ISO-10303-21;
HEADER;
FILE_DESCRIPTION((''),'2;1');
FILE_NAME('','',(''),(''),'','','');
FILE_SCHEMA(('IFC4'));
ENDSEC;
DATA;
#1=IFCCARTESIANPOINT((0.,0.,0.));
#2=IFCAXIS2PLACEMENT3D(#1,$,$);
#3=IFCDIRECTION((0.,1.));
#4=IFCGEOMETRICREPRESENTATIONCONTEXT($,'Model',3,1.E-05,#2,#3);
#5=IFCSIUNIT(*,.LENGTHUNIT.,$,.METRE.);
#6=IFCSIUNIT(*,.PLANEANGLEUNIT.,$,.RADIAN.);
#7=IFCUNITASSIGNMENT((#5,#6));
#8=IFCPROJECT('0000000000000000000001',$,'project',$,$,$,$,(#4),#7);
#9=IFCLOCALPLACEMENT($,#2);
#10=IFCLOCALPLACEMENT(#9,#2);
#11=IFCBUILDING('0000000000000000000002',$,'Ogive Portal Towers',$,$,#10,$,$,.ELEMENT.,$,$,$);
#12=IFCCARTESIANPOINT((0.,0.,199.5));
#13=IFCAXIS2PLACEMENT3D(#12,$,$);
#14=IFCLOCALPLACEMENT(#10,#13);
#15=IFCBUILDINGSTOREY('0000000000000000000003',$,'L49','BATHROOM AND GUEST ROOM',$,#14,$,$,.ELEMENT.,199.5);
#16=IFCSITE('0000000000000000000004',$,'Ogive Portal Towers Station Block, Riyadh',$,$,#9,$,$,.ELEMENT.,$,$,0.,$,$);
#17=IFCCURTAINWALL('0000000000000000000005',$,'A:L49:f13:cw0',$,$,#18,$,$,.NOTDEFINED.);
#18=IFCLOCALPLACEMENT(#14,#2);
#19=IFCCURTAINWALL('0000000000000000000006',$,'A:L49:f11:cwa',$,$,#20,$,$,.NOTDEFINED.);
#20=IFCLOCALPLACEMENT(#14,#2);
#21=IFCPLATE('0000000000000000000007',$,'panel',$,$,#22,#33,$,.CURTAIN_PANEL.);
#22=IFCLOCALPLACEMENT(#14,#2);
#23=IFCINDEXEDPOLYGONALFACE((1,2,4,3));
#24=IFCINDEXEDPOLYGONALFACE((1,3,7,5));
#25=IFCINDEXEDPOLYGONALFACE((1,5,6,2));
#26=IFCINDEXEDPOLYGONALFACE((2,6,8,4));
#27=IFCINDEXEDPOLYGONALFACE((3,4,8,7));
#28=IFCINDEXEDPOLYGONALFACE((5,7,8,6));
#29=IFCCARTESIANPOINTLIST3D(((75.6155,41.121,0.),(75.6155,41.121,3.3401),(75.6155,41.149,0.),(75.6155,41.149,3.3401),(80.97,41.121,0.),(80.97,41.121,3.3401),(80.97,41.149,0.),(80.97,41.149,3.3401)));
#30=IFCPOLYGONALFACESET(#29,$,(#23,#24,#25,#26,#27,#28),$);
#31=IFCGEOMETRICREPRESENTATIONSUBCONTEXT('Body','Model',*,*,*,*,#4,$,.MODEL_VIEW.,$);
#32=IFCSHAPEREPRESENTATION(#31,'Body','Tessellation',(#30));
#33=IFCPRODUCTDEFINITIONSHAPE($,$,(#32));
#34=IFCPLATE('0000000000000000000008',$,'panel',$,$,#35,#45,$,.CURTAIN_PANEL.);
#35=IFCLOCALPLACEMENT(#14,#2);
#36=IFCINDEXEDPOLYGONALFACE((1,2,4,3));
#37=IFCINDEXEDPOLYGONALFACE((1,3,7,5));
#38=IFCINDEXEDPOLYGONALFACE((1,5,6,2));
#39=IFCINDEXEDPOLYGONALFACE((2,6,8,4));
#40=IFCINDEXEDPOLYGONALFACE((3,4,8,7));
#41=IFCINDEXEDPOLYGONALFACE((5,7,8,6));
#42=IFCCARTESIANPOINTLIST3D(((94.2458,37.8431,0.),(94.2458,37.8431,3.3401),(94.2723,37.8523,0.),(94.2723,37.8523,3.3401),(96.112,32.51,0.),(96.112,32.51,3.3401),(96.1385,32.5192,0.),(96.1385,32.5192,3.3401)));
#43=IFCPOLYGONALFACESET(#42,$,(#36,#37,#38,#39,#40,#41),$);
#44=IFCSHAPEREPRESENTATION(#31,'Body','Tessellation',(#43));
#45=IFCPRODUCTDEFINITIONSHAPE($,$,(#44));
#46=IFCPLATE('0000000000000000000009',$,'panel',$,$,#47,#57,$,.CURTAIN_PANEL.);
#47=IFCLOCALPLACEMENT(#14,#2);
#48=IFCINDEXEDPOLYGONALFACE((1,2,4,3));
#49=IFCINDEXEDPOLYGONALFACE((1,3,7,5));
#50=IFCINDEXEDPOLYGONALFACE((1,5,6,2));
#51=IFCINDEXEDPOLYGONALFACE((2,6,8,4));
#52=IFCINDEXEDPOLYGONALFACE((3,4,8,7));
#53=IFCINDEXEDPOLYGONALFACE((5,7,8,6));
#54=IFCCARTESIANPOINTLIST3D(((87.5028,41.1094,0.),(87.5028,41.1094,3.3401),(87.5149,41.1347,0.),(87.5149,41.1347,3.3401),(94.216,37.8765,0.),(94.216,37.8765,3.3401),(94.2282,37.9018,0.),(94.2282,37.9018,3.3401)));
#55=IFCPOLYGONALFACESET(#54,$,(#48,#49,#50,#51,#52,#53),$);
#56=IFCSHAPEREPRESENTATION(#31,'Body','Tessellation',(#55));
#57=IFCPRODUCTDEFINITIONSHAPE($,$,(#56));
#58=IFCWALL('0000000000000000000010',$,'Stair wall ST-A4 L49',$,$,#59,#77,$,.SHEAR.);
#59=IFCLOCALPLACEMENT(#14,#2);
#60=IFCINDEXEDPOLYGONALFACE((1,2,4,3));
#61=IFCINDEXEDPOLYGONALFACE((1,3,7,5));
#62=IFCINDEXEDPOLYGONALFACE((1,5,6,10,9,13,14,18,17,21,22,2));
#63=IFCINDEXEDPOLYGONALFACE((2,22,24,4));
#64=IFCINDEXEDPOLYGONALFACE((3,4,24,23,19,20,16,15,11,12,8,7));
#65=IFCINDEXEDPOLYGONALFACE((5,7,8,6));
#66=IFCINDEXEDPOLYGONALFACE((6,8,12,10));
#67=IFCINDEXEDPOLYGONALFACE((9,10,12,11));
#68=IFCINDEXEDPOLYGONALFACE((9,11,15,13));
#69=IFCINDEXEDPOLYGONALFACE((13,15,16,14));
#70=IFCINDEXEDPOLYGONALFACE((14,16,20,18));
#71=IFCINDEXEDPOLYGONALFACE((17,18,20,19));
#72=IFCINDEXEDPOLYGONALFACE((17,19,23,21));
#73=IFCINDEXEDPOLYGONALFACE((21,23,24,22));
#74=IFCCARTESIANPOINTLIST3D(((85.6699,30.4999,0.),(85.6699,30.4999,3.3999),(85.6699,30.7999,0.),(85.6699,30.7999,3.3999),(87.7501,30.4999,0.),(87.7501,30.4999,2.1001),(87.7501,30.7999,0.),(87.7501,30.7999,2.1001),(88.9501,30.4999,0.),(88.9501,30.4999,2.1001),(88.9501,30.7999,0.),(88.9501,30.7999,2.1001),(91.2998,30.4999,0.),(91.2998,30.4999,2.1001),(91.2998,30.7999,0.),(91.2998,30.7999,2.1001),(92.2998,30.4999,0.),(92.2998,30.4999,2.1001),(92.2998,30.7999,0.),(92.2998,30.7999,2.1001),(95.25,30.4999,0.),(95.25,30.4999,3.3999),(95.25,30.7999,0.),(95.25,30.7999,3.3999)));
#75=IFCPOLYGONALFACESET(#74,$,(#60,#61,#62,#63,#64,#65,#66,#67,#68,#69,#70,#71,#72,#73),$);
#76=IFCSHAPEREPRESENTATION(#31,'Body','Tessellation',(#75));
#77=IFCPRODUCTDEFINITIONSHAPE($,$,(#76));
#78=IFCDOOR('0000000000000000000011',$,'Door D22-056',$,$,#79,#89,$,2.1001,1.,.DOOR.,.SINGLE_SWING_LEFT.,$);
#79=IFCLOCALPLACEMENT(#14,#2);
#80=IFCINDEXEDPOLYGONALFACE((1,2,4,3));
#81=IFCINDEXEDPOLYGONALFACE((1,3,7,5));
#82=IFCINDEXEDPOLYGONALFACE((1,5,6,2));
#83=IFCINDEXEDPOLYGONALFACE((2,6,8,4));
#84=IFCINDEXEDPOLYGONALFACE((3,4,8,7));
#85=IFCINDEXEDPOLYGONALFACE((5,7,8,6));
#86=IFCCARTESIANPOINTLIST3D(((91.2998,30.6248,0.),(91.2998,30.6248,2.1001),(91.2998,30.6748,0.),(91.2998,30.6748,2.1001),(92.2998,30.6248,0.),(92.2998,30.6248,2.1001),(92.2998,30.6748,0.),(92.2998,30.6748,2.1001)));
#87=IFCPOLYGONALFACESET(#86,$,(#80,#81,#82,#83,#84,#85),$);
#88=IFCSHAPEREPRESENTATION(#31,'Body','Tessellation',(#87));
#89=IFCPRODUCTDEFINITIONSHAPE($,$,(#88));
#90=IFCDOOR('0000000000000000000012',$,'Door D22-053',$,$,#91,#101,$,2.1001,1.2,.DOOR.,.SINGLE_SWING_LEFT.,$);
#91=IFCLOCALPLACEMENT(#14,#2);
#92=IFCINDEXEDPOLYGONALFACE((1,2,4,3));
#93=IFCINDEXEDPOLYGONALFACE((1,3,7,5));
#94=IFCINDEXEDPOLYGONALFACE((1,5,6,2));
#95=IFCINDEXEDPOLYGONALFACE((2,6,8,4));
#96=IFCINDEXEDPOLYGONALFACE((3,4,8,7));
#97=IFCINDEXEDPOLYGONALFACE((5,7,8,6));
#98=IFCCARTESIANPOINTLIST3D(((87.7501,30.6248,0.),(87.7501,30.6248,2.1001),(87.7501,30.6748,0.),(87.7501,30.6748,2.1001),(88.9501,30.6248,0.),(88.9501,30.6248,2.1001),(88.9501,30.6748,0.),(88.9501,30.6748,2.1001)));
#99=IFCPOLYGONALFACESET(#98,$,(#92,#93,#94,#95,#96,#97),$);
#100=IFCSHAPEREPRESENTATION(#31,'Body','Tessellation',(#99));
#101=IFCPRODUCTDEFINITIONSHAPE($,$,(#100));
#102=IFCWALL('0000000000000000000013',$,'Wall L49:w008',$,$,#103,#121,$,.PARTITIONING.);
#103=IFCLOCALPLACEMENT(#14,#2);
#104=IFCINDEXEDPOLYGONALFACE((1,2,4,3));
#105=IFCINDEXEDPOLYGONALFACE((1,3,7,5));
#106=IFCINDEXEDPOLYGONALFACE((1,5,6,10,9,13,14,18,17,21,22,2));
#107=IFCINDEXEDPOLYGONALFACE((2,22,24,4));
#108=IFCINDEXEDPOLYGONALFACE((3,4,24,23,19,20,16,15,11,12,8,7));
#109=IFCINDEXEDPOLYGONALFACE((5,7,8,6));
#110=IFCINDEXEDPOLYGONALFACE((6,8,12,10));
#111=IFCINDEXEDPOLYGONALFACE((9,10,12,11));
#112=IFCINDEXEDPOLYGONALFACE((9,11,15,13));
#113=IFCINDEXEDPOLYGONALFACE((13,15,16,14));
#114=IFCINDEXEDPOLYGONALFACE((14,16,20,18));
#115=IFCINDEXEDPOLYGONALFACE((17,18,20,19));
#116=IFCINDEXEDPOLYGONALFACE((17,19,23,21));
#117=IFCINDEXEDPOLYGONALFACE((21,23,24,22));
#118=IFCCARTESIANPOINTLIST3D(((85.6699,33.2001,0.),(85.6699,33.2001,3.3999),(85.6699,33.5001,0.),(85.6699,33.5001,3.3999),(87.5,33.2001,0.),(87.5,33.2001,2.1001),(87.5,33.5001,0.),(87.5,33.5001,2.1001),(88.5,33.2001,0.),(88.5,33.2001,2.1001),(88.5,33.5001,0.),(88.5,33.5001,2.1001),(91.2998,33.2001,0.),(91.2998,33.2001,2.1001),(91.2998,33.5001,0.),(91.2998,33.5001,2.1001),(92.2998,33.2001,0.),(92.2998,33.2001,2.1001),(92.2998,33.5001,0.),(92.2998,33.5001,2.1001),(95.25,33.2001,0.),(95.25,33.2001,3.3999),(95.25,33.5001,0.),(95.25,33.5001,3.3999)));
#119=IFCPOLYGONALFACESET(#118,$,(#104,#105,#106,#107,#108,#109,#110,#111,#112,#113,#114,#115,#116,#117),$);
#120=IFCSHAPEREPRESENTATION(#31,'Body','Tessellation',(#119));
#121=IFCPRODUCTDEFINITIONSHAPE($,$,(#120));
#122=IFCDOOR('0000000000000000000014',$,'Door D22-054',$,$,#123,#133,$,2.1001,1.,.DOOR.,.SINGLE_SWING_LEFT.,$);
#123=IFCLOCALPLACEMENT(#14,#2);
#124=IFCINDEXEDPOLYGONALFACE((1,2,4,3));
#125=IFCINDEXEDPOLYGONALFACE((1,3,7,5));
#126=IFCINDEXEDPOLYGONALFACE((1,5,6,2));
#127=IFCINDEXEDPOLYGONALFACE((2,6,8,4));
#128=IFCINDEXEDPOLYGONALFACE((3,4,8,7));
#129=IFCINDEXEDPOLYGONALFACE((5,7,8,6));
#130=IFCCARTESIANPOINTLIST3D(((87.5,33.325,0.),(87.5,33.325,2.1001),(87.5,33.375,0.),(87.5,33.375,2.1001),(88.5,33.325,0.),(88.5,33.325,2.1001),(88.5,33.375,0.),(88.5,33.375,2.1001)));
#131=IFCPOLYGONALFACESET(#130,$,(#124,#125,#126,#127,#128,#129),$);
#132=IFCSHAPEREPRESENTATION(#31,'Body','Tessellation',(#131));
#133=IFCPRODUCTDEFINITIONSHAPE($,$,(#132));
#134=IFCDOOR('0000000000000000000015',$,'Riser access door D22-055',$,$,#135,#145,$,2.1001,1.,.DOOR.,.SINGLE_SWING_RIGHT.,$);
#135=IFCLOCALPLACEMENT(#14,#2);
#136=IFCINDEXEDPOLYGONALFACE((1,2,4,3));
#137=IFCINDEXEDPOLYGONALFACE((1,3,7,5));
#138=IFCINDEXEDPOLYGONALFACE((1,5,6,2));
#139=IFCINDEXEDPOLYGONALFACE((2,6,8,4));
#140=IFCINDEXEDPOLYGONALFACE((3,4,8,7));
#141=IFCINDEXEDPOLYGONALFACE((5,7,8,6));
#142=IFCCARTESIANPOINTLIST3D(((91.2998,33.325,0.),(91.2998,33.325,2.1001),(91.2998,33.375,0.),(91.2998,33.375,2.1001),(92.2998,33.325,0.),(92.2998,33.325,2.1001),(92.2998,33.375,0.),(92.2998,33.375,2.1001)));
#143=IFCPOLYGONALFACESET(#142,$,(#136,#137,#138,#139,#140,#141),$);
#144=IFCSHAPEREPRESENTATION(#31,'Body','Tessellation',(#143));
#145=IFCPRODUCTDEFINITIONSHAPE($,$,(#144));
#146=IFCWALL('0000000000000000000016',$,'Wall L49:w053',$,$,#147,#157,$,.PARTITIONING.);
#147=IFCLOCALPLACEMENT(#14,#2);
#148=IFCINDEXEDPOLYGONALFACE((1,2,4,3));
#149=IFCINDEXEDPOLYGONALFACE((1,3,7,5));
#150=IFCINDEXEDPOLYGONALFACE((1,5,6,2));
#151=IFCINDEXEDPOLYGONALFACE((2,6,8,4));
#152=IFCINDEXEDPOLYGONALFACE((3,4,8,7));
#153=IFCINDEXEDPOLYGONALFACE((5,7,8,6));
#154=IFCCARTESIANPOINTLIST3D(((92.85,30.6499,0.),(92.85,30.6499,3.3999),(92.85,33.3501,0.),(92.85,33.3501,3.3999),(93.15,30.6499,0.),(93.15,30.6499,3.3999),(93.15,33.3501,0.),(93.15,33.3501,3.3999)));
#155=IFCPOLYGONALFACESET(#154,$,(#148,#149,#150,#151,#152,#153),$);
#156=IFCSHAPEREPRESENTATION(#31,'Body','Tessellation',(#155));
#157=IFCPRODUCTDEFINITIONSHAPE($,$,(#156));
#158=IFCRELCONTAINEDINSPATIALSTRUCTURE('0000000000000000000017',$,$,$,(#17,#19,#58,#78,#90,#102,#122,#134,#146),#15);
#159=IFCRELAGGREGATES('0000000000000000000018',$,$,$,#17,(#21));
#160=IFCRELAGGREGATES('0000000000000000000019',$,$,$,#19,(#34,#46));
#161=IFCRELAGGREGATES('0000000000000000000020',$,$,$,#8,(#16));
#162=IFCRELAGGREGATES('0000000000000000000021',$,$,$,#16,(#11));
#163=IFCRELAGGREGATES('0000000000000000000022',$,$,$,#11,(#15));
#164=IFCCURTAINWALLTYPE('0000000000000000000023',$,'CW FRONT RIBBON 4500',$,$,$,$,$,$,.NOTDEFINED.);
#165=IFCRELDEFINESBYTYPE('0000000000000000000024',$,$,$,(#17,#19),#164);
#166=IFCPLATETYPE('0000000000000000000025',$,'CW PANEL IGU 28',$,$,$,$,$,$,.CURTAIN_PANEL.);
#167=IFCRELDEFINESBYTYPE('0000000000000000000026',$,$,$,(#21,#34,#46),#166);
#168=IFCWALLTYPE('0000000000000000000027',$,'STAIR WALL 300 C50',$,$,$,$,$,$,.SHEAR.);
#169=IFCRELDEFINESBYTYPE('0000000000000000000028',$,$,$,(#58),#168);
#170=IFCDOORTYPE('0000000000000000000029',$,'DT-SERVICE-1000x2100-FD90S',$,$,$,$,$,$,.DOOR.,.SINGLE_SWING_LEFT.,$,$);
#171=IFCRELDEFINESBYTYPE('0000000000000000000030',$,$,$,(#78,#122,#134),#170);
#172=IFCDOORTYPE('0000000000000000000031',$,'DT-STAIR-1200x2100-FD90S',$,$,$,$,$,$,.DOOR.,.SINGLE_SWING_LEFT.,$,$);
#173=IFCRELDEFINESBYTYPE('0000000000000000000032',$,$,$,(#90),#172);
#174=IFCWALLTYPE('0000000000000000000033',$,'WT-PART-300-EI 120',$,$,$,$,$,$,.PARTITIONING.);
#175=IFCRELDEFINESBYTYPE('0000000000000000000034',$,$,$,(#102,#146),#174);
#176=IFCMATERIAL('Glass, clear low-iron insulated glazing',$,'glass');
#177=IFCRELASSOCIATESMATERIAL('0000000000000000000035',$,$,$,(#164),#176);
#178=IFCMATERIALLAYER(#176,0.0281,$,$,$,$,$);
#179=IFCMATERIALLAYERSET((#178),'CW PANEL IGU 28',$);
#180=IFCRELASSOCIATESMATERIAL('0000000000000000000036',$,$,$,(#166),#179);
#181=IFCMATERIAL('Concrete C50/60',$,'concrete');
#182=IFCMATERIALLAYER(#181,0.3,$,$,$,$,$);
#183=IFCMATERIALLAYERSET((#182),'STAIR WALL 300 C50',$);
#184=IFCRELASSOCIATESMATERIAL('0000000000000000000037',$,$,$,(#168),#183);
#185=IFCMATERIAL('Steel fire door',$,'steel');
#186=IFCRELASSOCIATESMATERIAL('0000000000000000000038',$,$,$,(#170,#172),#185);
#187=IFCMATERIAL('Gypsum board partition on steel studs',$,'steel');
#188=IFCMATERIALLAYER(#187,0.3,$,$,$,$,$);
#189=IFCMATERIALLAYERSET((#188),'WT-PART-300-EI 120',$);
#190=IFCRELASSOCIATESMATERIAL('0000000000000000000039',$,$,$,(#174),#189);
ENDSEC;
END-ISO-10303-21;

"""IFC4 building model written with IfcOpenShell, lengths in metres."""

from ifc_helpers import new_model, si_unit, direction, frame, frame_2d, origin, origin_2d, place, context, subcontext, project, spatial, rectangle, extrude, material, layer, layer_set, type_object, element, fill, aggregate, save


model = new_model("IFC4")

# Units and contexts
model_context = context("Model", 3, precision=1e-05, world=origin(), true_north=direction((0.0, 1.0)))
body_context = subcontext(model_context, "Body", "Model", "MODEL_VIEW")
ifc_project = project(units=[si_unit("LENGTHUNIT", "METRE"), si_unit("PLANEANGLEUNIT", "RADIAN")], contexts=[model_context])

# Site, building, storey
site_placement = place(None, origin())
site = spatial("IfcSite", under=ifc_project, at=site_placement, Name="Ogive Portal Towers Station Block, Riyadh", CompositionType="ELEMENT", RefElevation=0.0)
building_placement = place(site_placement, origin())
building = spatial("IfcBuilding", under=site, at=building_placement, Name="Ogive Portal Towers", CompositionType="ELEMENT")
storey_placement = place(building_placement, frame((0.0, 0.0, 199.5)))
storey = spatial("IfcBuildingStorey", under=building, at=storey_placement, Name="L49", Description="BATHROOM AND GUEST ROOM", CompositionType="ELEMENT", Elevation=199.5)

# Curtain wall
ifc_material_1 = material(Name="Glass, clear low-iron insulated glazing", Category="glass")
curtain_wall_type = type_object("IfcCurtainWallType", Name="CW FRONT RIBBON 4500", PredefinedType="NOTDEFINED", material=ifc_material_1)
curtain_wall_1_placement = place(storey_placement, origin())
curtain_wall_1 = element("IfcCurtainWall", 1, at=curtain_wall_1_placement, inside=storey, type_object=curtain_wall_type, Name="A:L49:f13:cw0", PredefinedType="NOTDEFINED")

# Curtain wall
curtain_wall_2_placement = place(storey_placement, origin())
curtain_wall_2 = element("IfcCurtainWall", 2, at=curtain_wall_2_placement, inside=storey, type_object=curtain_wall_type, Name="A:L49:f11:cwa", PredefinedType="NOTDEFINED")

# Plates
ifc_layer_1 = layer(ifc_material_1, 0.0281)
ifc_layer_set_1 = layer_set([ifc_layer_1], Name="CW PANEL IGU 28")
plate_type = type_object("IfcPlateType", Name="CW PANEL IGU 28", PredefinedType="CURTAIN_PANEL", material=ifc_layer_set_1)
plate_1_placement = place(storey_placement, frame((78.2927, 41.135, 0.0), z_axis=(0.0, 0.0, 1.0), x_axis=(-1.0, 0.0, 0.0)))
plate_1 = element("IfcPlate", 3, at=plate_1_placement, type_object=plate_type, Name="panel", PredefinedType="CURTAIN_PANEL", context=body_context, shape_type="SweptSolid", body=[
    extrude(rectangle(XDim=5.3545, YDim=0.0281, at=origin_2d()), origin(), (0.0, 0.0, 1.0), 3.3401),
])
aggregate(curtain_wall_1, [plate_1])
plate_2_placement = place(storey_placement, frame((95.1921, 35.1812, 0.0), z_axis=(0.0, 0.0, 1.0), x_axis=(-0.330279, 0.943883, 0.0)))
plate_2 = element("IfcPlate", 4, at=plate_2_placement, type_object=plate_type, Name="panel", PredefinedType="CURTAIN_PANEL", context=body_context, shape_type="SweptSolid", body=[
    extrude(rectangle(XDim=5.6501, YDim=0.0281, at=origin_2d()), origin(), (0.0, 0.0, 1.0), 3.3401),
])
plate_3_placement = place(storey_placement, frame((90.8655, 39.5056, 0.0), z_axis=(0.0, 0.0, 1.0), x_axis=(-0.900969, 0.433884, 0.0)))
plate_3 = element("IfcPlate", 5, at=plate_3_placement, type_object=plate_type, Name="panel", PredefinedType="CURTAIN_PANEL", context=body_context, shape_type="SweptSolid", body=[
    extrude(rectangle(XDim=7.4512, YDim=0.0281, at=origin_2d()), origin(), (0.0, 0.0, 1.0), 3.3401),
])
aggregate(curtain_wall_2, [plate_2, plate_3])

# Walls, openings, doors
ifc_material_2 = material(Name="Concrete C50/60", Category="concrete")
ifc_layer_2 = layer(ifc_material_2, 0.3)
ifc_layer_set_2 = layer_set([ifc_layer_2], Name="STAIR WALL 300 C50")
wall_type_1 = type_object("IfcWallType", Name="STAIR WALL 300 C50", PredefinedType="SHEAR", material=ifc_layer_set_2)
wall_1_placement = place(storey_placement, frame((85.6699, 30.6499, 0.0), z_axis=(0.0, 0.0, 1.0), x_axis=(1.0, 0.0, 0.0)))
wall_1 = element("IfcWall", 6, at=wall_1_placement, inside=storey, type_object=wall_type_1, Name="Stair wall ST-A4 L49", PredefinedType="SHEAR", context=body_context, shape_type="SweptSolid", body=[
    extrude(rectangle(XDim=9.5801, YDim=0.3, at=frame_2d((4.79, 0.0))), origin(), (0.0, 0.0, 1.0), 3.3999),
])
opening_1_placement = place(wall_1_placement, frame((2.0801, 0.0, 0.0)))
opening_1 = element("IfcOpeningElement", 7, at=opening_1_placement, cuts=wall_1, PredefinedType="OPENING", context=body_context, shape_type="SweptSolid", body=[
    extrude(rectangle(XDim=1.2, YDim=2.1001, at=frame_2d((0.6001, 1.05))), frame((0.0, 0.1602, 0.0), z_axis=(0.0, -1.0, 0.0), x_axis=(1.0, 0.0, 0.0)), (0.0, 0.0, 1.0), 0.3201),
])
opening_2_placement = place(wall_1_placement, frame((5.6299, 0.0, 0.0)))
opening_2 = element("IfcOpeningElement", 8, at=opening_2_placement, cuts=wall_1, PredefinedType="OPENING", context=body_context, shape_type="SweptSolid", body=[
    extrude(rectangle(XDim=1.0, YDim=2.1001, at=frame_2d((0.5, 1.05))), frame((0.0, 0.1602, 0.0), z_axis=(0.0, -1.0, 0.0), x_axis=(1.0, 0.0, 0.0)), (0.0, 0.0, 1.0), 0.3201),
])
ifc_material_3 = material(Name="Steel fire door", Category="steel")
door_type_1 = type_object("IfcDoorType", Name="DT-SERVICE-1000x2100-FD90S", OperationType="SINGLE_SWING_LEFT", PredefinedType="DOOR", material=ifc_material_3)
door_1_placement = place(opening_2_placement, origin())
door_1 = element("IfcDoor", 9, at=door_1_placement, inside=storey, type_object=door_type_1, Name="Door D22-056", OperationType="SINGLE_SWING_LEFT", OverallHeight=2.1001, OverallWidth=1.0, PredefinedType="DOOR", context=body_context, shape_type="SweptSolid", body=[
    extrude(rectangle(XDim=1.0, YDim=2.1001, at=frame_2d((0.5, 1.05))), frame((0.0, 0.0249, 0.0), z_axis=(0.0, -1.0, 0.0), x_axis=(1.0, 0.0, 0.0)), (0.0, 0.0, 1.0), 0.05),
])
fill(opening_2, door_1)
door_type_2 = type_object("IfcDoorType", Name="DT-STAIR-1200x2100-FD90S", OperationType="SINGLE_SWING_LEFT", PredefinedType="DOOR", material=ifc_material_3)
door_2_placement = place(opening_1_placement, origin())
door_2 = element("IfcDoor", 10, at=door_2_placement, inside=storey, type_object=door_type_2, Name="Door D22-053", OperationType="SINGLE_SWING_LEFT", OverallHeight=2.1001, OverallWidth=1.2, PredefinedType="DOOR", context=body_context, shape_type="SweptSolid", body=[
    extrude(rectangle(XDim=1.2, YDim=2.1001, at=frame_2d((0.6001, 1.05))), frame((0.0, 0.0249, 0.0), z_axis=(0.0, -1.0, 0.0), x_axis=(1.0, 0.0, 0.0)), (0.0, 0.0, 1.0), 0.05),
])
fill(opening_1, door_2)
ifc_material_4 = material(Name="Gypsum board partition on steel studs", Category="steel")
ifc_layer_3 = layer(ifc_material_4, 0.3)
ifc_layer_set_3 = layer_set([ifc_layer_3], Name="WT-PART-300-EI 120")
wall_type_2 = type_object("IfcWallType", Name="WT-PART-300-EI 120", PredefinedType="PARTITIONING", material=ifc_layer_set_3)
wall_2_placement = place(storey_placement, frame((85.6699, 33.3501, 0.0), z_axis=(0.0, 0.0, 1.0), x_axis=(1.0, 0.0, 0.0)))
wall_2 = element("IfcWall", 11, at=wall_2_placement, inside=storey, type_object=wall_type_2, Name="Wall L49:w008", PredefinedType="PARTITIONING", context=body_context, shape_type="SweptSolid", body=[
    extrude(rectangle(XDim=9.5801, YDim=0.3, at=frame_2d((4.79, 0.0))), origin(), (0.0, 0.0, 1.0), 3.3999),
])
opening_3_placement = place(wall_2_placement, frame((1.8301, 0.0, 0.0)))
opening_3 = element("IfcOpeningElement", 12, at=opening_3_placement, cuts=wall_2, PredefinedType="OPENING", context=body_context, shape_type="SweptSolid", body=[
    extrude(rectangle(XDim=1.0, YDim=2.1001, at=frame_2d((0.5, 1.05))), frame((0.0, 0.1602, 0.0), z_axis=(0.0, -1.0, 0.0), x_axis=(1.0, 0.0, 0.0)), (0.0, 0.0, 1.0), 0.3201),
])
opening_4_placement = place(wall_2_placement, frame((5.6299, 0.0, 0.0)))
opening_4 = element("IfcOpeningElement", 13, at=opening_4_placement, cuts=wall_2, PredefinedType="OPENING", context=body_context, shape_type="SweptSolid", body=[
    extrude(rectangle(XDim=1.0, YDim=2.1001, at=frame_2d((0.5, 1.05))), frame((0.0, 0.1602, 0.0), z_axis=(0.0, -1.0, 0.0), x_axis=(1.0, 0.0, 0.0)), (0.0, 0.0, 1.0), 0.3201),
])
door_3_placement = place(opening_3_placement, origin())
door_3 = element("IfcDoor", 14, at=door_3_placement, inside=storey, type_object=door_type_1, Name="Door D22-054", OperationType="SINGLE_SWING_LEFT", OverallHeight=2.1001, OverallWidth=1.0, PredefinedType="DOOR", context=body_context, shape_type="SweptSolid", body=[
    extrude(rectangle(XDim=1.0, YDim=2.1001, at=frame_2d((0.5, 1.05))), frame((0.0, 0.0249, 0.0), z_axis=(0.0, -1.0, 0.0), x_axis=(1.0, 0.0, 0.0)), (0.0, 0.0, 1.0), 0.05),
])
fill(opening_3, door_3)
door_4_placement = place(opening_4_placement, origin())
door_4 = element("IfcDoor", 15, at=door_4_placement, inside=storey, type_object=door_type_1, Name="Riser access door D22-055", OperationType="SINGLE_SWING_RIGHT", OverallHeight=2.1001, OverallWidth=1.0, PredefinedType="DOOR", context=body_context, shape_type="SweptSolid", body=[
    extrude(rectangle(XDim=1.0, YDim=2.1001, at=frame_2d((0.5, 1.05))), frame((0.0, 0.0249, 0.0), z_axis=(0.0, -1.0, 0.0), x_axis=(1.0, 0.0, 0.0)), (0.0, 0.0, 1.0), 0.05),
])
fill(opening_4, door_4)

# Wall
wall_3_placement = place(storey_placement, frame((93.0, 30.6499, 0.0), z_axis=(0.0, 0.0, 1.0), x_axis=(0.0, 1.0, 0.0)))
element("IfcWall", 16, at=wall_3_placement, inside=storey, type_object=wall_type_2, Name="Wall L49:w053", PredefinedType="PARTITIONING", context=body_context, shape_type="SweptSolid", body=[
    extrude(rectangle(XDim=2.7002, YDim=0.3, at=frame_2d((1.3501, 0.0))), origin(), (0.0, 0.0, 1.0), 3.3999),
])

save(model, "model.ifc")
